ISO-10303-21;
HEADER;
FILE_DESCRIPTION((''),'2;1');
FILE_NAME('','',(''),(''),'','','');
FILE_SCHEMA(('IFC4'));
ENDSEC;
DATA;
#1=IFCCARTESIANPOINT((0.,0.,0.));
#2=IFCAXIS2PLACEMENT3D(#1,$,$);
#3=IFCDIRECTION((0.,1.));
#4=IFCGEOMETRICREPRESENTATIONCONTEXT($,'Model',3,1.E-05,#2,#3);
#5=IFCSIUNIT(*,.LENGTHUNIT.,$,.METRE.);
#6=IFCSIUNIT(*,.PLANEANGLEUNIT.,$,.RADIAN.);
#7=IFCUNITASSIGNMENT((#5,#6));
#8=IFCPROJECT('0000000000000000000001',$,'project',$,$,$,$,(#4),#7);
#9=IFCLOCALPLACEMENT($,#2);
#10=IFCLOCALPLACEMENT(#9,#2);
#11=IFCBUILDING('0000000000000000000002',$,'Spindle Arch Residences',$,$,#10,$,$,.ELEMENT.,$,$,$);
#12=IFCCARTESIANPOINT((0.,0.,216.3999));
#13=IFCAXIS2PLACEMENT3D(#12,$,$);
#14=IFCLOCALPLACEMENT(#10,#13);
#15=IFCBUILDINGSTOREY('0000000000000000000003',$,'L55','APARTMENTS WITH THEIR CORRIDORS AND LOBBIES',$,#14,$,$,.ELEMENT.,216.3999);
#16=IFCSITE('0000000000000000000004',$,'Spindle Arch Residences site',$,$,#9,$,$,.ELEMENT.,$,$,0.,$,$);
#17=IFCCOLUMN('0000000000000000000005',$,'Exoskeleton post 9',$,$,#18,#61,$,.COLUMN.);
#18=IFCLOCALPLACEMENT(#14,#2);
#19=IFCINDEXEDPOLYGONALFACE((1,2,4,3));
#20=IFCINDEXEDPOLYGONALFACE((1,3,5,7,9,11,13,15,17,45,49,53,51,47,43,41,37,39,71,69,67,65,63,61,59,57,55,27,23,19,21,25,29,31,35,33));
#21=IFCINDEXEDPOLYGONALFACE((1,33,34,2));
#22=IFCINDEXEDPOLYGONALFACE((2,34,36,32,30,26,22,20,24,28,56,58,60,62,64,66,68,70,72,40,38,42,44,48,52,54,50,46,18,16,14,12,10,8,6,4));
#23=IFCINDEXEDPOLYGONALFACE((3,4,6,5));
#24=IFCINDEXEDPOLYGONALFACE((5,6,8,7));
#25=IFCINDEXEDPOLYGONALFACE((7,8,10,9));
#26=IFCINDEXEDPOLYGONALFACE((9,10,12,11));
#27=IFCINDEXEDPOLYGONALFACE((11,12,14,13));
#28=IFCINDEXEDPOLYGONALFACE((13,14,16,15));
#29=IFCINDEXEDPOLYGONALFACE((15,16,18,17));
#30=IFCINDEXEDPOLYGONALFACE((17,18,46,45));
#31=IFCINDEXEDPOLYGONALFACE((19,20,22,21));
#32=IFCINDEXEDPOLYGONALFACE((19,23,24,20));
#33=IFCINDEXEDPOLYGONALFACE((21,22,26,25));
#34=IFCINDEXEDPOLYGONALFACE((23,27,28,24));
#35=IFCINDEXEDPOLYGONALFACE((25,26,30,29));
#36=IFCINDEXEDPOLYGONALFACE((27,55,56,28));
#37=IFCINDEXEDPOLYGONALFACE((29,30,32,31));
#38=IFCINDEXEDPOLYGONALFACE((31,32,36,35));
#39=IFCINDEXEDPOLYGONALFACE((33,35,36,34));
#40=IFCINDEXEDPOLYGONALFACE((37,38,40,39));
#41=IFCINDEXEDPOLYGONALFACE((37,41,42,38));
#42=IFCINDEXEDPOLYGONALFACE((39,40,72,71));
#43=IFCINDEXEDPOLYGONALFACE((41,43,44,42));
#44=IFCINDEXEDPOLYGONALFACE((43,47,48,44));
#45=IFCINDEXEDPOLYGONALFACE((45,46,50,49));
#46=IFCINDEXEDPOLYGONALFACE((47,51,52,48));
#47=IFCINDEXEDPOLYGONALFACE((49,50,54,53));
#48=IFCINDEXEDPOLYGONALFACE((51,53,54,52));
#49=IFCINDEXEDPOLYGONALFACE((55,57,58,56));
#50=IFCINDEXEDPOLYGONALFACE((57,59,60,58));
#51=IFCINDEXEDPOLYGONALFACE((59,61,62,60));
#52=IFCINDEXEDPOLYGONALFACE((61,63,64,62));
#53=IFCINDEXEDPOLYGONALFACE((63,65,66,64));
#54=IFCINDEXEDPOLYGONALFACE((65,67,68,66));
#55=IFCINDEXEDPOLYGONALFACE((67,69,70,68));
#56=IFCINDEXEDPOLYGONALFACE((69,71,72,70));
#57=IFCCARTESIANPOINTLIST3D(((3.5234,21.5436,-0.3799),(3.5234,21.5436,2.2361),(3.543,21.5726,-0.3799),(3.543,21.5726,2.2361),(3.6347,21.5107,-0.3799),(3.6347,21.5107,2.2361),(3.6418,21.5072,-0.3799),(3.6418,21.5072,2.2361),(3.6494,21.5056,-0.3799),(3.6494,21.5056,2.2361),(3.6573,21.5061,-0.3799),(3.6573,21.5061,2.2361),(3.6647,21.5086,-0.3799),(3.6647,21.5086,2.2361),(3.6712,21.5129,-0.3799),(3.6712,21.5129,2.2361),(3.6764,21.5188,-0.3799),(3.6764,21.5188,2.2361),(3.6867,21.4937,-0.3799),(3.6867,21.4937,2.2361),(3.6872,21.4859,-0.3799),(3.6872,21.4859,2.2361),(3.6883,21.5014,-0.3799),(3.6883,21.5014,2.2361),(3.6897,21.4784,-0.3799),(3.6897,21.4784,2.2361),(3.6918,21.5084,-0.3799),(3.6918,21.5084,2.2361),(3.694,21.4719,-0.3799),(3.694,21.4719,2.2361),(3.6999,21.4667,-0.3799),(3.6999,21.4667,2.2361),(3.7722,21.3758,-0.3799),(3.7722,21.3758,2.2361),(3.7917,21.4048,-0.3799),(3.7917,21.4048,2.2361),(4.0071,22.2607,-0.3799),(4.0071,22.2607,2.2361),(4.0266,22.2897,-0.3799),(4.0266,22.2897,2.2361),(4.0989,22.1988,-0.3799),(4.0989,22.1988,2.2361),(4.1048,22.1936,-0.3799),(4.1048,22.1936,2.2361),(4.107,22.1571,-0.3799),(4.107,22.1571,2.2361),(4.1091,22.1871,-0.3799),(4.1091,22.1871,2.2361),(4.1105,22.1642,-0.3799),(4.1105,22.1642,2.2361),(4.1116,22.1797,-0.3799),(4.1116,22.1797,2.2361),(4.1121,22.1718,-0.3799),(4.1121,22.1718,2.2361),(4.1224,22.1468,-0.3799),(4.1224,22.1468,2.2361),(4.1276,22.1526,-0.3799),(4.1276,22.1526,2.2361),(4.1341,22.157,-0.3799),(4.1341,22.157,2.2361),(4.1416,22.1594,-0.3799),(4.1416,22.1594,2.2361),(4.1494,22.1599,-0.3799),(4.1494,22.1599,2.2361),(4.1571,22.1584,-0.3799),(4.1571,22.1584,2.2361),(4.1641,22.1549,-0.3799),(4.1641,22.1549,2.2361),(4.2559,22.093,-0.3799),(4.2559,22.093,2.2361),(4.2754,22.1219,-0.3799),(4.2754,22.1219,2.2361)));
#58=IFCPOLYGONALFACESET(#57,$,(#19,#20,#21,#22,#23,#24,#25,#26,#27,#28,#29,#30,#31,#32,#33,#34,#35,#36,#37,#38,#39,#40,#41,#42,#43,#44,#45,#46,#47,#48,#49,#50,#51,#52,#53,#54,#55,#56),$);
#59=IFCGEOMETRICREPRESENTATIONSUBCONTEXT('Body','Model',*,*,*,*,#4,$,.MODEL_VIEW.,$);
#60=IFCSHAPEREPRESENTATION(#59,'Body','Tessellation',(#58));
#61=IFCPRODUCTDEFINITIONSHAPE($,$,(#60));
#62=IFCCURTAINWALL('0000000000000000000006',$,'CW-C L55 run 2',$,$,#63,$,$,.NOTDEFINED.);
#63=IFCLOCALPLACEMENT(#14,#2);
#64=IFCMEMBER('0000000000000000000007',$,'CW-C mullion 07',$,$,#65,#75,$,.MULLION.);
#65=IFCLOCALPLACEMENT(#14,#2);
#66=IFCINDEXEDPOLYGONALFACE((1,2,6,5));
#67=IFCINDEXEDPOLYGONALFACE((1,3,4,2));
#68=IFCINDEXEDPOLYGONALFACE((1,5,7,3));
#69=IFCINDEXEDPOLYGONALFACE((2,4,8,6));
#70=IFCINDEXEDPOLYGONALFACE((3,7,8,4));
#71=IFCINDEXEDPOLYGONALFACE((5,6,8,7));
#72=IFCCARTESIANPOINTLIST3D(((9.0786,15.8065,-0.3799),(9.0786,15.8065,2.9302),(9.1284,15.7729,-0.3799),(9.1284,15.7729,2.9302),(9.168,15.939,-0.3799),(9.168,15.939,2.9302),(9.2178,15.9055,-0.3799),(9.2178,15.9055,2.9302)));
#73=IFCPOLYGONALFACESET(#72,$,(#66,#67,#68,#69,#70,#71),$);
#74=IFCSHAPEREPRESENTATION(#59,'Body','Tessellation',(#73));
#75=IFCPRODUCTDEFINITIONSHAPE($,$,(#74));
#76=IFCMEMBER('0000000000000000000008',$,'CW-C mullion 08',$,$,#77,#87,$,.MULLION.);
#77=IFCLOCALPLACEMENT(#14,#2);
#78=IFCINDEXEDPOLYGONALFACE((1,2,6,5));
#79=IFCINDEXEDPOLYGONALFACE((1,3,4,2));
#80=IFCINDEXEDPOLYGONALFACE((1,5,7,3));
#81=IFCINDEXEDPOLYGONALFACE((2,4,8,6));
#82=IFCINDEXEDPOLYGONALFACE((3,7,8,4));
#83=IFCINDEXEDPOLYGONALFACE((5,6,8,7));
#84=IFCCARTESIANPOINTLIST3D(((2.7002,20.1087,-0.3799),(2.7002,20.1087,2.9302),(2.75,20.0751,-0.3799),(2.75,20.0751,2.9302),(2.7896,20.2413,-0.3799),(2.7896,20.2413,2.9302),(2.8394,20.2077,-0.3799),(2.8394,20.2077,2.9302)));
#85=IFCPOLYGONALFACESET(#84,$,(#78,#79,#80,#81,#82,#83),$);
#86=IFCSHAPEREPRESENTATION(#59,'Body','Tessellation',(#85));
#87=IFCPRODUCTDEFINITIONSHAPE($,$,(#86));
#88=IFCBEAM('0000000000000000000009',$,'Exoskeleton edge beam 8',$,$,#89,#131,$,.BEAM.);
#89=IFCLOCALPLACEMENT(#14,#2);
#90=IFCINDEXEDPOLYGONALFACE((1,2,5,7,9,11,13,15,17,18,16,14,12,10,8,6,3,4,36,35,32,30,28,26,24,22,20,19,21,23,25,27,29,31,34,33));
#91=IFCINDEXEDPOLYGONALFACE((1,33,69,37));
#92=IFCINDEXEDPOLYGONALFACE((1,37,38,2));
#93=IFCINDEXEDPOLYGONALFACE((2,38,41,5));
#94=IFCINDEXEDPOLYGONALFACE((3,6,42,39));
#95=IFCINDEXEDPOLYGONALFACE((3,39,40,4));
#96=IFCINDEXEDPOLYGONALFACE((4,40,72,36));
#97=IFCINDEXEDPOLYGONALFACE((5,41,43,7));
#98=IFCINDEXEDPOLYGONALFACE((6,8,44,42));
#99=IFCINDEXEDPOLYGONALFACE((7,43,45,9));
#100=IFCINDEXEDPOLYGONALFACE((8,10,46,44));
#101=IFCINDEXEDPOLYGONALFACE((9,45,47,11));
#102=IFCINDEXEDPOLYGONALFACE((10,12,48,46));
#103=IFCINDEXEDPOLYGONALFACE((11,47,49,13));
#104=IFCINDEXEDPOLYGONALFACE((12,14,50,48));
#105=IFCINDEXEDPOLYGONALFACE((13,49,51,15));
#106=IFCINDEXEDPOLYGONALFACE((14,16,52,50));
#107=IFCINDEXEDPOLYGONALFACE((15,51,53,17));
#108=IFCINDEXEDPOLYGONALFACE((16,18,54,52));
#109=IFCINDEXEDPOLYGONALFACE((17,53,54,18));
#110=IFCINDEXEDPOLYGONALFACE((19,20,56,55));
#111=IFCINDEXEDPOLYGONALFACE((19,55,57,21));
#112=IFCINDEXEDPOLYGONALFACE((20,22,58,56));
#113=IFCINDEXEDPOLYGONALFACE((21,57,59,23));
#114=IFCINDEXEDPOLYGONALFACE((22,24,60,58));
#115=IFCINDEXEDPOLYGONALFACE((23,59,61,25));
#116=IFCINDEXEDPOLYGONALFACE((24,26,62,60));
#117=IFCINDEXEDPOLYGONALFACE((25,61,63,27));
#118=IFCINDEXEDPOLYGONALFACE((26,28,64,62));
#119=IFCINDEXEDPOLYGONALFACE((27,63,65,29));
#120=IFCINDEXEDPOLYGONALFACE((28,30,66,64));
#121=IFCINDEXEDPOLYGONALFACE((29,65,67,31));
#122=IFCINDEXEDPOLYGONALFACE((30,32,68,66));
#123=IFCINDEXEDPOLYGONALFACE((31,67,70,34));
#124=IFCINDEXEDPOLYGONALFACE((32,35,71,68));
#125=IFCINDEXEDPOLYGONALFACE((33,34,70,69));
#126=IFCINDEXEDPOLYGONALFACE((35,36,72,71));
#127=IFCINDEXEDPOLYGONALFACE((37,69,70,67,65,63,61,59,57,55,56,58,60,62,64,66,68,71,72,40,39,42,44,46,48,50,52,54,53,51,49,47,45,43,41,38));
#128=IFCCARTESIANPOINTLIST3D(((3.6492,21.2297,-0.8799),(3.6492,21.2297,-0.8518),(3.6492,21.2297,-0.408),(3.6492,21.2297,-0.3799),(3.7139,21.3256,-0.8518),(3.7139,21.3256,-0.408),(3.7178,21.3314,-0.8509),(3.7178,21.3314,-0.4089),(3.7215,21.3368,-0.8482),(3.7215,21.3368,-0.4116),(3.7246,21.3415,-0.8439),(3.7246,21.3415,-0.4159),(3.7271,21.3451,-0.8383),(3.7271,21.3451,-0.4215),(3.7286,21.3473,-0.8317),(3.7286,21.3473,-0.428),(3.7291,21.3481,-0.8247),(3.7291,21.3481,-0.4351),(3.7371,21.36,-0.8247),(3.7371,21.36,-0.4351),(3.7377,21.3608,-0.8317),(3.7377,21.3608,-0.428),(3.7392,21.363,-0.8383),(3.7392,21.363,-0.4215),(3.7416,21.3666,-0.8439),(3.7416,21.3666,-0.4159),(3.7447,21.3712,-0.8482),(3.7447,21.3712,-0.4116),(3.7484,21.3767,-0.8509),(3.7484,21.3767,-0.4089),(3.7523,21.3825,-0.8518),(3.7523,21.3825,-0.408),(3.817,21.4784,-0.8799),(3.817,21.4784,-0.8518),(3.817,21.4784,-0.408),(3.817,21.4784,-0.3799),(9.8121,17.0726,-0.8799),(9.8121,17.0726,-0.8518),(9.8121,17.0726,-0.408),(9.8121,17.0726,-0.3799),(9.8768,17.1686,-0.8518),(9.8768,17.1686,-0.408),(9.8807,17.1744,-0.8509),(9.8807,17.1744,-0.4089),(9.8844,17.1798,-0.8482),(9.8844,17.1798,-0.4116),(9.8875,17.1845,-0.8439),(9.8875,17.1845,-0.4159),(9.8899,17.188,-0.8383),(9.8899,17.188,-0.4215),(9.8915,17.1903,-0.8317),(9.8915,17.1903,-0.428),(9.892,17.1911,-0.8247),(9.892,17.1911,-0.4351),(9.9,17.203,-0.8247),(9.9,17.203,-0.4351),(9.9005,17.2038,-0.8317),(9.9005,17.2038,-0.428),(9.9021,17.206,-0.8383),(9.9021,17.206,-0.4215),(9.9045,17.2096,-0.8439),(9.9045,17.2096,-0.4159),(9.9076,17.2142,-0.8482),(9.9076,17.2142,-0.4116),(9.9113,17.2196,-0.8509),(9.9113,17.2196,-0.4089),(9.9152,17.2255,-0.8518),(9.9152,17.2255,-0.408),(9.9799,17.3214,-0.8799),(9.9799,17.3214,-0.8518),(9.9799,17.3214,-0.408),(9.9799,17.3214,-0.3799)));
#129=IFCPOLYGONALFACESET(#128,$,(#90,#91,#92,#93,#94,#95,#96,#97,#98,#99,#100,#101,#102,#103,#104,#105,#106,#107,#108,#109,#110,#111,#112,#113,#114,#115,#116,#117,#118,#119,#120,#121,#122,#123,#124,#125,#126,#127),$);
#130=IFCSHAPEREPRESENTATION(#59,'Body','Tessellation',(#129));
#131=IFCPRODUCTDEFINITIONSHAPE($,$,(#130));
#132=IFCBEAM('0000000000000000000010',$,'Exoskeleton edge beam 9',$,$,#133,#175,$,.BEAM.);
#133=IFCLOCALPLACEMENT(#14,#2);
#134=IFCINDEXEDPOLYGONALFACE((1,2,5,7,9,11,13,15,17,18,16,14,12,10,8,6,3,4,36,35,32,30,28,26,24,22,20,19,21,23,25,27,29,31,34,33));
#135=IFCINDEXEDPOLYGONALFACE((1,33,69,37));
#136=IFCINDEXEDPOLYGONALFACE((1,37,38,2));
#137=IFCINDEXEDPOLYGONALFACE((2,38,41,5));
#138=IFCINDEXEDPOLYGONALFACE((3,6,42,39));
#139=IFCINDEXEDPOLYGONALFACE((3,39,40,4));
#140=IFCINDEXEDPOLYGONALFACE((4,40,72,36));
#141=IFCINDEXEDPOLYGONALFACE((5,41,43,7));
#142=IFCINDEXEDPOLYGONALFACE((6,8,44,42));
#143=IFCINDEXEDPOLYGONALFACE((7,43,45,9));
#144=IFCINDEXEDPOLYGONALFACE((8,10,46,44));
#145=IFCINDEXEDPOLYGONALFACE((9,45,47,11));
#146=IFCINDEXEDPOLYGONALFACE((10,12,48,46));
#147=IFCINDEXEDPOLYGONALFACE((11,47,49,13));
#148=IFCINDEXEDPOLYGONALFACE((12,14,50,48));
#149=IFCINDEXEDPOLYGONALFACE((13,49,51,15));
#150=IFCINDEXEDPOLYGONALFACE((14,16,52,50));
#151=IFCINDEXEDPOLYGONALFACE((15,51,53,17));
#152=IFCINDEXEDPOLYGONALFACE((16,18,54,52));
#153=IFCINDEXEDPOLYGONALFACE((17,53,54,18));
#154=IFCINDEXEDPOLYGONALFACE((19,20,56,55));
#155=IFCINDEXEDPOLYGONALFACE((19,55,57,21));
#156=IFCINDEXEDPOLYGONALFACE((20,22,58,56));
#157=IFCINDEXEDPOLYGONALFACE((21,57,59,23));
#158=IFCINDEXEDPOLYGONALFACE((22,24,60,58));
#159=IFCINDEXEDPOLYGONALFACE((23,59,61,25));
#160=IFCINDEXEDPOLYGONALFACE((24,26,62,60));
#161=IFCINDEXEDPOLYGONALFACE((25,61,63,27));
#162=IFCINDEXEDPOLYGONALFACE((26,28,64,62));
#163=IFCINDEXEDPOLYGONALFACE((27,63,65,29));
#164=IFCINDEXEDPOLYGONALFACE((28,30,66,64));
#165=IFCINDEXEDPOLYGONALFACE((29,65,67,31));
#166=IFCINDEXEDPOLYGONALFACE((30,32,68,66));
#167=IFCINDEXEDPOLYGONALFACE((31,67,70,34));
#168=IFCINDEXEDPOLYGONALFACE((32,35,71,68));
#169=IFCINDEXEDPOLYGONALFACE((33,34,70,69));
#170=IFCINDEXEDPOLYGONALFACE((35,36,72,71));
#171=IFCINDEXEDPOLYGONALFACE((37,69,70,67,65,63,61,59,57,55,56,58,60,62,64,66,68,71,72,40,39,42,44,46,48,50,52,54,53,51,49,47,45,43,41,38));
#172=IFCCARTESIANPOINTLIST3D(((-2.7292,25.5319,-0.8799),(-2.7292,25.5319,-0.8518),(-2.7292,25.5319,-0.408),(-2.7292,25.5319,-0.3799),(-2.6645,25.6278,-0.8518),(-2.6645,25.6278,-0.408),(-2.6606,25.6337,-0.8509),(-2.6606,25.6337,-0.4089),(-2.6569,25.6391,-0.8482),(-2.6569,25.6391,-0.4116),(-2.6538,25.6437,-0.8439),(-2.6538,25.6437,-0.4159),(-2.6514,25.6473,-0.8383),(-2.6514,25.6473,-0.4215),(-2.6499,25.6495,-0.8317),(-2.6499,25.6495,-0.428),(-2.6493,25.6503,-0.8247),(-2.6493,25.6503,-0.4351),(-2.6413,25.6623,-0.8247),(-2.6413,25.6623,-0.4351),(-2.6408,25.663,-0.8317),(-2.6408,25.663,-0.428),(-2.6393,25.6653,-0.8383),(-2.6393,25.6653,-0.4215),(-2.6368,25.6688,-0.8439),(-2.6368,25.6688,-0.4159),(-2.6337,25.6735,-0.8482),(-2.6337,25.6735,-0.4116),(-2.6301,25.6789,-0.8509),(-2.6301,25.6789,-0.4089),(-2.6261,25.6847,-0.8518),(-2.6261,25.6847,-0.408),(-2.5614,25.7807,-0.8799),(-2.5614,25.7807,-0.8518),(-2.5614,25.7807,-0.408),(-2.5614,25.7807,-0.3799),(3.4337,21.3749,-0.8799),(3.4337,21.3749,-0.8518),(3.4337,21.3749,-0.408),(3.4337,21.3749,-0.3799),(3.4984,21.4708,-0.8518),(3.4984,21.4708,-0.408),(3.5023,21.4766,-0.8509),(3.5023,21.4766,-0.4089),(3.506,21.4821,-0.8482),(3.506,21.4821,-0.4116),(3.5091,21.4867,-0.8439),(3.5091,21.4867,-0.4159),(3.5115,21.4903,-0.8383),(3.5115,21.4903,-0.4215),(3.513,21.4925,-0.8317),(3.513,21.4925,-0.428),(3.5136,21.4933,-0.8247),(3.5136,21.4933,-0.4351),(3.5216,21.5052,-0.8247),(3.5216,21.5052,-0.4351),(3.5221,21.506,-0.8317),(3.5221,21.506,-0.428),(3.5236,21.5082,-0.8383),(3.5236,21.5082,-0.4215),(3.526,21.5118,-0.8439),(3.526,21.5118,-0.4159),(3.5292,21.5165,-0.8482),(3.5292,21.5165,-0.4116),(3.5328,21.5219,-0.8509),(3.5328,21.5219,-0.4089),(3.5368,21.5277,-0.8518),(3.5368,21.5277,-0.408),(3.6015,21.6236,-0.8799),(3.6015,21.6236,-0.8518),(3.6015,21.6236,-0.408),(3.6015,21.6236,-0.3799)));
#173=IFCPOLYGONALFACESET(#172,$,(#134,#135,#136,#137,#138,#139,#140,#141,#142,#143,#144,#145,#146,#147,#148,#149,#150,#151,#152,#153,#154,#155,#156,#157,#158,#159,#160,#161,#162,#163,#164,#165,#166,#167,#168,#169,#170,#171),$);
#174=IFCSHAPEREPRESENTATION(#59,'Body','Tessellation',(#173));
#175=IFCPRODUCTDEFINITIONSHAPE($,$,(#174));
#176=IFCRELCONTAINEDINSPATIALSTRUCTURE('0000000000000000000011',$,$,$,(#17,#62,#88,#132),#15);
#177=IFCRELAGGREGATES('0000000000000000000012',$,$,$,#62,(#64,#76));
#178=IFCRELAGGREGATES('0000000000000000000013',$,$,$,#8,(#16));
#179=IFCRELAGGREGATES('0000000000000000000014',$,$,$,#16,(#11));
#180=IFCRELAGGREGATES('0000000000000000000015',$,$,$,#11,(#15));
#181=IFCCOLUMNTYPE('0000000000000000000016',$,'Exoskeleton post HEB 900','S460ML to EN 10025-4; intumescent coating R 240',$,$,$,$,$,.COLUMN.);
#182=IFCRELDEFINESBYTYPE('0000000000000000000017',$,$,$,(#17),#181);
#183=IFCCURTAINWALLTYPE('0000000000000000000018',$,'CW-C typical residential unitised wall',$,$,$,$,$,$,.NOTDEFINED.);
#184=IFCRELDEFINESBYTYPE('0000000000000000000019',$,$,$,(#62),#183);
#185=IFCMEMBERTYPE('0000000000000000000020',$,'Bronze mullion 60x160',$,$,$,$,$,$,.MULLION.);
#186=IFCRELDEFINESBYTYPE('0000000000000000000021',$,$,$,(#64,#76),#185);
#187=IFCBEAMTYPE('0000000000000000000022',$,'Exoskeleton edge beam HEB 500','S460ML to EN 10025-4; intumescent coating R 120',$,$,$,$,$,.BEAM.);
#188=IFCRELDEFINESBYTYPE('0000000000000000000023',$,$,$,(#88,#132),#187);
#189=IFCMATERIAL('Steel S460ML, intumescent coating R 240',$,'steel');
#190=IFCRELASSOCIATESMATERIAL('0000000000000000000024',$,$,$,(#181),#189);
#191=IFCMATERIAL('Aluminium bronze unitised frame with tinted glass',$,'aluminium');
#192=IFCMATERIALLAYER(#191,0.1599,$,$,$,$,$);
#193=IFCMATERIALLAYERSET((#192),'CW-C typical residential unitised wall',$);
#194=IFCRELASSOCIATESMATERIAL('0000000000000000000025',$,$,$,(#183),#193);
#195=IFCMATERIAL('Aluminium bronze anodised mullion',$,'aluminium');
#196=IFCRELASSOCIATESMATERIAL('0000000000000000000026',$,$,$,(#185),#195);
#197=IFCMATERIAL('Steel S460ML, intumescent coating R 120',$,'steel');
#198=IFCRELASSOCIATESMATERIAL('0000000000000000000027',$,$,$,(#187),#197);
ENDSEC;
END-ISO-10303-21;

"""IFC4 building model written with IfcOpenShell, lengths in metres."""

from ifc_helpers import new_model, si_unit, direction, frame, origin, origin_2d, place, context, subcontext, project, spatial, rectangle, i_section, extrude, material, layer, layer_set, material_profile, profile_set, type_object, element, aggregate, save


model = new_model("IFC4")

# Units and contexts
model_context = context("Model", 3, precision=1e-05, world=origin(), true_north=direction((0.0, 1.0)))
body_context = subcontext(model_context, "Body", "Model", "MODEL_VIEW")
ifc_project = project(units=[si_unit("LENGTHUNIT", "METRE"), si_unit("PLANEANGLEUNIT", "RADIAN")], contexts=[model_context])

# Site, building, storey
site_placement = place(None, origin())
site = spatial("IfcSite", under=ifc_project, at=site_placement, Name="Spindle Arch Residences site", CompositionType="ELEMENT", RefElevation=0.0)
building_placement = place(site_placement, origin())
building = spatial("IfcBuilding", under=site, at=building_placement, Name="Spindle Arch Residences", CompositionType="ELEMENT")
storey_placement = place(building_placement, frame((0.0, 0.0, 216.3999)))
storey = spatial("IfcBuildingStorey", under=building, at=storey_placement, Name="L55", Description="APARTMENTS WITH THEIR CORRIDORS AND LOBBIES", CompositionType="ELEMENT", Elevation=216.3999)

# Column
ifc_material_1 = material(Name="Steel S460ML, intumescent coating R 240", Category="steel")
ifc_material_profile_1 = material_profile(ifc_material_1, i_section(OverallWidth=0.3, OverallDepth=0.8999, WebThickness=0.0186, FlangeThickness=0.0349, FilletRadius=0.03, at=origin_2d()), Name="HEB 900")
ifc_profile_set_1 = profile_set([ifc_material_profile_1], Name="Steel S460ML, intumescent coating R 240")
column_type = type_object("IfcColumnType", Name="Exoskeleton post HEB 900", Description="S460ML to EN 10025-4; intumescent coating R 240", PredefinedType="COLUMN", material=ifc_profile_set_1)
column_placement = place(storey_placement, frame((3.8994, 21.8328, -0.3799), z_axis=(0.0, 0.0, 1.0), x_axis=(0.829038, -0.559193, 0.0)))
element("IfcColumn", 1, at=column_placement, inside=storey, type_object=column_type, Name="Exoskeleton post 9", PredefinedType="COLUMN", context=body_context, shape_type="SweptSolid", body=[
    extrude(i_section(OverallWidth=0.3, OverallDepth=0.8999, WebThickness=0.0186, FlangeThickness=0.0349, FilletRadius=0.03, at=origin_2d()), origin(), (0.0, 0.0, 1.0), 2.616),
])

# Curtain wall, members
ifc_material_2 = material(Name="Aluminium bronze unitised frame with tinted glass", Category="aluminium")
ifc_layer_1 = layer(ifc_material_2, 0.1599)
ifc_layer_set_1 = layer_set([ifc_layer_1], Name="CW-C typical residential unitised wall")
curtain_wall_type = type_object("IfcCurtainWallType", Name="CW-C typical residential unitised wall", PredefinedType="NOTDEFINED", material=ifc_layer_set_1)
curtain_wall_placement = place(storey_placement, origin())
curtain_wall = element("IfcCurtainWall", 2, at=curtain_wall_placement, inside=storey, type_object=curtain_wall_type, Name="CW-C L55 run 2", PredefinedType="NOTDEFINED")
ifc_material_3 = material(Name="Aluminium bronze anodised mullion", Category="aluminium")
ifc_material_profile_2 = material_profile(ifc_material_3, rectangle(XDim=0.1599, YDim=0.0601, at=origin_2d()), Name="MU 60x160")
ifc_profile_set_2 = profile_set([ifc_material_profile_2], Name="Aluminium bronze anodised mullion")
member_type = type_object("IfcMemberType", Name="Bronze mullion 60x160", PredefinedType="MULLION", material=ifc_profile_set_2)
member_1_placement = place(storey_placement, frame((9.1482, 15.856, -0.3799), z_axis=(0.0, 0.0, 1.0), x_axis=(-0.559193, -0.829038, 0.0)))
member_1 = element("IfcMember", 3, at=member_1_placement, type_object=member_type, Name="CW-C mullion 07", PredefinedType="MULLION", context=body_context, shape_type="SweptSolid", body=[
    extrude(rectangle(XDim=0.1599, YDim=0.0601, at=origin_2d()), origin(), (0.0, 0.0, 1.0), 3.3101),
])
member_2_placement = place(storey_placement, frame((2.7698, 20.1582, -0.3799), z_axis=(0.0, 0.0, 1.0), x_axis=(-0.559193, -0.829038, 0.0)))
member_2 = element("IfcMember", 4, at=member_2_placement, type_object=member_type, Name="CW-C mullion 08", PredefinedType="MULLION", context=body_context, shape_type="SweptSolid", body=[
    extrude(rectangle(XDim=0.1599, YDim=0.0601, at=origin_2d()), origin(), (0.0, 0.0, 1.0), 3.3101),
])

# Beams
ifc_material_4 = material(Name="Steel S460ML, intumescent coating R 120", Category="steel")
ifc_material_profile_3 = material_profile(ifc_material_4, i_section(OverallWidth=0.3, OverallDepth=0.5, WebThickness=0.0144, FlangeThickness=0.0281, FilletRadius=0.0271, at=origin_2d()), Name="HEB 500")
ifc_profile_set_3 = profile_set([ifc_material_profile_3], Name="Steel S460ML, intumescent coating R 120")
beam_type_1 = type_object("IfcBeamType", Name="Exoskeleton edge beam HEB 500", Description="S460ML to EN 10025-4; intumescent coating R 120", PredefinedType="BEAM", material=ifc_profile_set_3)
for number, where, z_axis, x_axis, name in (
    (5, (9.896, 17.197, -0.6299), (-0.829032, 0.559202, 0.0), (-0.559202, -0.829032, 0.0), "Exoskeleton edge beam 8"),
    (6, (3.5176, 21.4993, -0.6299), (-0.829032, 0.559202, 0.0), (-0.559202, -0.829032, 0.0), "Exoskeleton edge beam 9"),
):
    element("IfcBeam", number, at=place(storey_placement, frame(where, z_axis=z_axis, x_axis=x_axis)), inside=storey, type_object=beam_type_1, Name=name, PredefinedType="BEAM", context=body_context, shape_type="SweptSolid", body=[
        extrude(i_section(OverallWidth=0.3, OverallDepth=0.5, WebThickness=0.0144, FlangeThickness=0.0281, FilletRadius=0.0271, at=origin_2d()), origin(), (0.0, 0.0, 1.0), 7.4338),
    ])

aggregate(curtain_wall, [member_1, member_2])

save(model, "model.ifc")
